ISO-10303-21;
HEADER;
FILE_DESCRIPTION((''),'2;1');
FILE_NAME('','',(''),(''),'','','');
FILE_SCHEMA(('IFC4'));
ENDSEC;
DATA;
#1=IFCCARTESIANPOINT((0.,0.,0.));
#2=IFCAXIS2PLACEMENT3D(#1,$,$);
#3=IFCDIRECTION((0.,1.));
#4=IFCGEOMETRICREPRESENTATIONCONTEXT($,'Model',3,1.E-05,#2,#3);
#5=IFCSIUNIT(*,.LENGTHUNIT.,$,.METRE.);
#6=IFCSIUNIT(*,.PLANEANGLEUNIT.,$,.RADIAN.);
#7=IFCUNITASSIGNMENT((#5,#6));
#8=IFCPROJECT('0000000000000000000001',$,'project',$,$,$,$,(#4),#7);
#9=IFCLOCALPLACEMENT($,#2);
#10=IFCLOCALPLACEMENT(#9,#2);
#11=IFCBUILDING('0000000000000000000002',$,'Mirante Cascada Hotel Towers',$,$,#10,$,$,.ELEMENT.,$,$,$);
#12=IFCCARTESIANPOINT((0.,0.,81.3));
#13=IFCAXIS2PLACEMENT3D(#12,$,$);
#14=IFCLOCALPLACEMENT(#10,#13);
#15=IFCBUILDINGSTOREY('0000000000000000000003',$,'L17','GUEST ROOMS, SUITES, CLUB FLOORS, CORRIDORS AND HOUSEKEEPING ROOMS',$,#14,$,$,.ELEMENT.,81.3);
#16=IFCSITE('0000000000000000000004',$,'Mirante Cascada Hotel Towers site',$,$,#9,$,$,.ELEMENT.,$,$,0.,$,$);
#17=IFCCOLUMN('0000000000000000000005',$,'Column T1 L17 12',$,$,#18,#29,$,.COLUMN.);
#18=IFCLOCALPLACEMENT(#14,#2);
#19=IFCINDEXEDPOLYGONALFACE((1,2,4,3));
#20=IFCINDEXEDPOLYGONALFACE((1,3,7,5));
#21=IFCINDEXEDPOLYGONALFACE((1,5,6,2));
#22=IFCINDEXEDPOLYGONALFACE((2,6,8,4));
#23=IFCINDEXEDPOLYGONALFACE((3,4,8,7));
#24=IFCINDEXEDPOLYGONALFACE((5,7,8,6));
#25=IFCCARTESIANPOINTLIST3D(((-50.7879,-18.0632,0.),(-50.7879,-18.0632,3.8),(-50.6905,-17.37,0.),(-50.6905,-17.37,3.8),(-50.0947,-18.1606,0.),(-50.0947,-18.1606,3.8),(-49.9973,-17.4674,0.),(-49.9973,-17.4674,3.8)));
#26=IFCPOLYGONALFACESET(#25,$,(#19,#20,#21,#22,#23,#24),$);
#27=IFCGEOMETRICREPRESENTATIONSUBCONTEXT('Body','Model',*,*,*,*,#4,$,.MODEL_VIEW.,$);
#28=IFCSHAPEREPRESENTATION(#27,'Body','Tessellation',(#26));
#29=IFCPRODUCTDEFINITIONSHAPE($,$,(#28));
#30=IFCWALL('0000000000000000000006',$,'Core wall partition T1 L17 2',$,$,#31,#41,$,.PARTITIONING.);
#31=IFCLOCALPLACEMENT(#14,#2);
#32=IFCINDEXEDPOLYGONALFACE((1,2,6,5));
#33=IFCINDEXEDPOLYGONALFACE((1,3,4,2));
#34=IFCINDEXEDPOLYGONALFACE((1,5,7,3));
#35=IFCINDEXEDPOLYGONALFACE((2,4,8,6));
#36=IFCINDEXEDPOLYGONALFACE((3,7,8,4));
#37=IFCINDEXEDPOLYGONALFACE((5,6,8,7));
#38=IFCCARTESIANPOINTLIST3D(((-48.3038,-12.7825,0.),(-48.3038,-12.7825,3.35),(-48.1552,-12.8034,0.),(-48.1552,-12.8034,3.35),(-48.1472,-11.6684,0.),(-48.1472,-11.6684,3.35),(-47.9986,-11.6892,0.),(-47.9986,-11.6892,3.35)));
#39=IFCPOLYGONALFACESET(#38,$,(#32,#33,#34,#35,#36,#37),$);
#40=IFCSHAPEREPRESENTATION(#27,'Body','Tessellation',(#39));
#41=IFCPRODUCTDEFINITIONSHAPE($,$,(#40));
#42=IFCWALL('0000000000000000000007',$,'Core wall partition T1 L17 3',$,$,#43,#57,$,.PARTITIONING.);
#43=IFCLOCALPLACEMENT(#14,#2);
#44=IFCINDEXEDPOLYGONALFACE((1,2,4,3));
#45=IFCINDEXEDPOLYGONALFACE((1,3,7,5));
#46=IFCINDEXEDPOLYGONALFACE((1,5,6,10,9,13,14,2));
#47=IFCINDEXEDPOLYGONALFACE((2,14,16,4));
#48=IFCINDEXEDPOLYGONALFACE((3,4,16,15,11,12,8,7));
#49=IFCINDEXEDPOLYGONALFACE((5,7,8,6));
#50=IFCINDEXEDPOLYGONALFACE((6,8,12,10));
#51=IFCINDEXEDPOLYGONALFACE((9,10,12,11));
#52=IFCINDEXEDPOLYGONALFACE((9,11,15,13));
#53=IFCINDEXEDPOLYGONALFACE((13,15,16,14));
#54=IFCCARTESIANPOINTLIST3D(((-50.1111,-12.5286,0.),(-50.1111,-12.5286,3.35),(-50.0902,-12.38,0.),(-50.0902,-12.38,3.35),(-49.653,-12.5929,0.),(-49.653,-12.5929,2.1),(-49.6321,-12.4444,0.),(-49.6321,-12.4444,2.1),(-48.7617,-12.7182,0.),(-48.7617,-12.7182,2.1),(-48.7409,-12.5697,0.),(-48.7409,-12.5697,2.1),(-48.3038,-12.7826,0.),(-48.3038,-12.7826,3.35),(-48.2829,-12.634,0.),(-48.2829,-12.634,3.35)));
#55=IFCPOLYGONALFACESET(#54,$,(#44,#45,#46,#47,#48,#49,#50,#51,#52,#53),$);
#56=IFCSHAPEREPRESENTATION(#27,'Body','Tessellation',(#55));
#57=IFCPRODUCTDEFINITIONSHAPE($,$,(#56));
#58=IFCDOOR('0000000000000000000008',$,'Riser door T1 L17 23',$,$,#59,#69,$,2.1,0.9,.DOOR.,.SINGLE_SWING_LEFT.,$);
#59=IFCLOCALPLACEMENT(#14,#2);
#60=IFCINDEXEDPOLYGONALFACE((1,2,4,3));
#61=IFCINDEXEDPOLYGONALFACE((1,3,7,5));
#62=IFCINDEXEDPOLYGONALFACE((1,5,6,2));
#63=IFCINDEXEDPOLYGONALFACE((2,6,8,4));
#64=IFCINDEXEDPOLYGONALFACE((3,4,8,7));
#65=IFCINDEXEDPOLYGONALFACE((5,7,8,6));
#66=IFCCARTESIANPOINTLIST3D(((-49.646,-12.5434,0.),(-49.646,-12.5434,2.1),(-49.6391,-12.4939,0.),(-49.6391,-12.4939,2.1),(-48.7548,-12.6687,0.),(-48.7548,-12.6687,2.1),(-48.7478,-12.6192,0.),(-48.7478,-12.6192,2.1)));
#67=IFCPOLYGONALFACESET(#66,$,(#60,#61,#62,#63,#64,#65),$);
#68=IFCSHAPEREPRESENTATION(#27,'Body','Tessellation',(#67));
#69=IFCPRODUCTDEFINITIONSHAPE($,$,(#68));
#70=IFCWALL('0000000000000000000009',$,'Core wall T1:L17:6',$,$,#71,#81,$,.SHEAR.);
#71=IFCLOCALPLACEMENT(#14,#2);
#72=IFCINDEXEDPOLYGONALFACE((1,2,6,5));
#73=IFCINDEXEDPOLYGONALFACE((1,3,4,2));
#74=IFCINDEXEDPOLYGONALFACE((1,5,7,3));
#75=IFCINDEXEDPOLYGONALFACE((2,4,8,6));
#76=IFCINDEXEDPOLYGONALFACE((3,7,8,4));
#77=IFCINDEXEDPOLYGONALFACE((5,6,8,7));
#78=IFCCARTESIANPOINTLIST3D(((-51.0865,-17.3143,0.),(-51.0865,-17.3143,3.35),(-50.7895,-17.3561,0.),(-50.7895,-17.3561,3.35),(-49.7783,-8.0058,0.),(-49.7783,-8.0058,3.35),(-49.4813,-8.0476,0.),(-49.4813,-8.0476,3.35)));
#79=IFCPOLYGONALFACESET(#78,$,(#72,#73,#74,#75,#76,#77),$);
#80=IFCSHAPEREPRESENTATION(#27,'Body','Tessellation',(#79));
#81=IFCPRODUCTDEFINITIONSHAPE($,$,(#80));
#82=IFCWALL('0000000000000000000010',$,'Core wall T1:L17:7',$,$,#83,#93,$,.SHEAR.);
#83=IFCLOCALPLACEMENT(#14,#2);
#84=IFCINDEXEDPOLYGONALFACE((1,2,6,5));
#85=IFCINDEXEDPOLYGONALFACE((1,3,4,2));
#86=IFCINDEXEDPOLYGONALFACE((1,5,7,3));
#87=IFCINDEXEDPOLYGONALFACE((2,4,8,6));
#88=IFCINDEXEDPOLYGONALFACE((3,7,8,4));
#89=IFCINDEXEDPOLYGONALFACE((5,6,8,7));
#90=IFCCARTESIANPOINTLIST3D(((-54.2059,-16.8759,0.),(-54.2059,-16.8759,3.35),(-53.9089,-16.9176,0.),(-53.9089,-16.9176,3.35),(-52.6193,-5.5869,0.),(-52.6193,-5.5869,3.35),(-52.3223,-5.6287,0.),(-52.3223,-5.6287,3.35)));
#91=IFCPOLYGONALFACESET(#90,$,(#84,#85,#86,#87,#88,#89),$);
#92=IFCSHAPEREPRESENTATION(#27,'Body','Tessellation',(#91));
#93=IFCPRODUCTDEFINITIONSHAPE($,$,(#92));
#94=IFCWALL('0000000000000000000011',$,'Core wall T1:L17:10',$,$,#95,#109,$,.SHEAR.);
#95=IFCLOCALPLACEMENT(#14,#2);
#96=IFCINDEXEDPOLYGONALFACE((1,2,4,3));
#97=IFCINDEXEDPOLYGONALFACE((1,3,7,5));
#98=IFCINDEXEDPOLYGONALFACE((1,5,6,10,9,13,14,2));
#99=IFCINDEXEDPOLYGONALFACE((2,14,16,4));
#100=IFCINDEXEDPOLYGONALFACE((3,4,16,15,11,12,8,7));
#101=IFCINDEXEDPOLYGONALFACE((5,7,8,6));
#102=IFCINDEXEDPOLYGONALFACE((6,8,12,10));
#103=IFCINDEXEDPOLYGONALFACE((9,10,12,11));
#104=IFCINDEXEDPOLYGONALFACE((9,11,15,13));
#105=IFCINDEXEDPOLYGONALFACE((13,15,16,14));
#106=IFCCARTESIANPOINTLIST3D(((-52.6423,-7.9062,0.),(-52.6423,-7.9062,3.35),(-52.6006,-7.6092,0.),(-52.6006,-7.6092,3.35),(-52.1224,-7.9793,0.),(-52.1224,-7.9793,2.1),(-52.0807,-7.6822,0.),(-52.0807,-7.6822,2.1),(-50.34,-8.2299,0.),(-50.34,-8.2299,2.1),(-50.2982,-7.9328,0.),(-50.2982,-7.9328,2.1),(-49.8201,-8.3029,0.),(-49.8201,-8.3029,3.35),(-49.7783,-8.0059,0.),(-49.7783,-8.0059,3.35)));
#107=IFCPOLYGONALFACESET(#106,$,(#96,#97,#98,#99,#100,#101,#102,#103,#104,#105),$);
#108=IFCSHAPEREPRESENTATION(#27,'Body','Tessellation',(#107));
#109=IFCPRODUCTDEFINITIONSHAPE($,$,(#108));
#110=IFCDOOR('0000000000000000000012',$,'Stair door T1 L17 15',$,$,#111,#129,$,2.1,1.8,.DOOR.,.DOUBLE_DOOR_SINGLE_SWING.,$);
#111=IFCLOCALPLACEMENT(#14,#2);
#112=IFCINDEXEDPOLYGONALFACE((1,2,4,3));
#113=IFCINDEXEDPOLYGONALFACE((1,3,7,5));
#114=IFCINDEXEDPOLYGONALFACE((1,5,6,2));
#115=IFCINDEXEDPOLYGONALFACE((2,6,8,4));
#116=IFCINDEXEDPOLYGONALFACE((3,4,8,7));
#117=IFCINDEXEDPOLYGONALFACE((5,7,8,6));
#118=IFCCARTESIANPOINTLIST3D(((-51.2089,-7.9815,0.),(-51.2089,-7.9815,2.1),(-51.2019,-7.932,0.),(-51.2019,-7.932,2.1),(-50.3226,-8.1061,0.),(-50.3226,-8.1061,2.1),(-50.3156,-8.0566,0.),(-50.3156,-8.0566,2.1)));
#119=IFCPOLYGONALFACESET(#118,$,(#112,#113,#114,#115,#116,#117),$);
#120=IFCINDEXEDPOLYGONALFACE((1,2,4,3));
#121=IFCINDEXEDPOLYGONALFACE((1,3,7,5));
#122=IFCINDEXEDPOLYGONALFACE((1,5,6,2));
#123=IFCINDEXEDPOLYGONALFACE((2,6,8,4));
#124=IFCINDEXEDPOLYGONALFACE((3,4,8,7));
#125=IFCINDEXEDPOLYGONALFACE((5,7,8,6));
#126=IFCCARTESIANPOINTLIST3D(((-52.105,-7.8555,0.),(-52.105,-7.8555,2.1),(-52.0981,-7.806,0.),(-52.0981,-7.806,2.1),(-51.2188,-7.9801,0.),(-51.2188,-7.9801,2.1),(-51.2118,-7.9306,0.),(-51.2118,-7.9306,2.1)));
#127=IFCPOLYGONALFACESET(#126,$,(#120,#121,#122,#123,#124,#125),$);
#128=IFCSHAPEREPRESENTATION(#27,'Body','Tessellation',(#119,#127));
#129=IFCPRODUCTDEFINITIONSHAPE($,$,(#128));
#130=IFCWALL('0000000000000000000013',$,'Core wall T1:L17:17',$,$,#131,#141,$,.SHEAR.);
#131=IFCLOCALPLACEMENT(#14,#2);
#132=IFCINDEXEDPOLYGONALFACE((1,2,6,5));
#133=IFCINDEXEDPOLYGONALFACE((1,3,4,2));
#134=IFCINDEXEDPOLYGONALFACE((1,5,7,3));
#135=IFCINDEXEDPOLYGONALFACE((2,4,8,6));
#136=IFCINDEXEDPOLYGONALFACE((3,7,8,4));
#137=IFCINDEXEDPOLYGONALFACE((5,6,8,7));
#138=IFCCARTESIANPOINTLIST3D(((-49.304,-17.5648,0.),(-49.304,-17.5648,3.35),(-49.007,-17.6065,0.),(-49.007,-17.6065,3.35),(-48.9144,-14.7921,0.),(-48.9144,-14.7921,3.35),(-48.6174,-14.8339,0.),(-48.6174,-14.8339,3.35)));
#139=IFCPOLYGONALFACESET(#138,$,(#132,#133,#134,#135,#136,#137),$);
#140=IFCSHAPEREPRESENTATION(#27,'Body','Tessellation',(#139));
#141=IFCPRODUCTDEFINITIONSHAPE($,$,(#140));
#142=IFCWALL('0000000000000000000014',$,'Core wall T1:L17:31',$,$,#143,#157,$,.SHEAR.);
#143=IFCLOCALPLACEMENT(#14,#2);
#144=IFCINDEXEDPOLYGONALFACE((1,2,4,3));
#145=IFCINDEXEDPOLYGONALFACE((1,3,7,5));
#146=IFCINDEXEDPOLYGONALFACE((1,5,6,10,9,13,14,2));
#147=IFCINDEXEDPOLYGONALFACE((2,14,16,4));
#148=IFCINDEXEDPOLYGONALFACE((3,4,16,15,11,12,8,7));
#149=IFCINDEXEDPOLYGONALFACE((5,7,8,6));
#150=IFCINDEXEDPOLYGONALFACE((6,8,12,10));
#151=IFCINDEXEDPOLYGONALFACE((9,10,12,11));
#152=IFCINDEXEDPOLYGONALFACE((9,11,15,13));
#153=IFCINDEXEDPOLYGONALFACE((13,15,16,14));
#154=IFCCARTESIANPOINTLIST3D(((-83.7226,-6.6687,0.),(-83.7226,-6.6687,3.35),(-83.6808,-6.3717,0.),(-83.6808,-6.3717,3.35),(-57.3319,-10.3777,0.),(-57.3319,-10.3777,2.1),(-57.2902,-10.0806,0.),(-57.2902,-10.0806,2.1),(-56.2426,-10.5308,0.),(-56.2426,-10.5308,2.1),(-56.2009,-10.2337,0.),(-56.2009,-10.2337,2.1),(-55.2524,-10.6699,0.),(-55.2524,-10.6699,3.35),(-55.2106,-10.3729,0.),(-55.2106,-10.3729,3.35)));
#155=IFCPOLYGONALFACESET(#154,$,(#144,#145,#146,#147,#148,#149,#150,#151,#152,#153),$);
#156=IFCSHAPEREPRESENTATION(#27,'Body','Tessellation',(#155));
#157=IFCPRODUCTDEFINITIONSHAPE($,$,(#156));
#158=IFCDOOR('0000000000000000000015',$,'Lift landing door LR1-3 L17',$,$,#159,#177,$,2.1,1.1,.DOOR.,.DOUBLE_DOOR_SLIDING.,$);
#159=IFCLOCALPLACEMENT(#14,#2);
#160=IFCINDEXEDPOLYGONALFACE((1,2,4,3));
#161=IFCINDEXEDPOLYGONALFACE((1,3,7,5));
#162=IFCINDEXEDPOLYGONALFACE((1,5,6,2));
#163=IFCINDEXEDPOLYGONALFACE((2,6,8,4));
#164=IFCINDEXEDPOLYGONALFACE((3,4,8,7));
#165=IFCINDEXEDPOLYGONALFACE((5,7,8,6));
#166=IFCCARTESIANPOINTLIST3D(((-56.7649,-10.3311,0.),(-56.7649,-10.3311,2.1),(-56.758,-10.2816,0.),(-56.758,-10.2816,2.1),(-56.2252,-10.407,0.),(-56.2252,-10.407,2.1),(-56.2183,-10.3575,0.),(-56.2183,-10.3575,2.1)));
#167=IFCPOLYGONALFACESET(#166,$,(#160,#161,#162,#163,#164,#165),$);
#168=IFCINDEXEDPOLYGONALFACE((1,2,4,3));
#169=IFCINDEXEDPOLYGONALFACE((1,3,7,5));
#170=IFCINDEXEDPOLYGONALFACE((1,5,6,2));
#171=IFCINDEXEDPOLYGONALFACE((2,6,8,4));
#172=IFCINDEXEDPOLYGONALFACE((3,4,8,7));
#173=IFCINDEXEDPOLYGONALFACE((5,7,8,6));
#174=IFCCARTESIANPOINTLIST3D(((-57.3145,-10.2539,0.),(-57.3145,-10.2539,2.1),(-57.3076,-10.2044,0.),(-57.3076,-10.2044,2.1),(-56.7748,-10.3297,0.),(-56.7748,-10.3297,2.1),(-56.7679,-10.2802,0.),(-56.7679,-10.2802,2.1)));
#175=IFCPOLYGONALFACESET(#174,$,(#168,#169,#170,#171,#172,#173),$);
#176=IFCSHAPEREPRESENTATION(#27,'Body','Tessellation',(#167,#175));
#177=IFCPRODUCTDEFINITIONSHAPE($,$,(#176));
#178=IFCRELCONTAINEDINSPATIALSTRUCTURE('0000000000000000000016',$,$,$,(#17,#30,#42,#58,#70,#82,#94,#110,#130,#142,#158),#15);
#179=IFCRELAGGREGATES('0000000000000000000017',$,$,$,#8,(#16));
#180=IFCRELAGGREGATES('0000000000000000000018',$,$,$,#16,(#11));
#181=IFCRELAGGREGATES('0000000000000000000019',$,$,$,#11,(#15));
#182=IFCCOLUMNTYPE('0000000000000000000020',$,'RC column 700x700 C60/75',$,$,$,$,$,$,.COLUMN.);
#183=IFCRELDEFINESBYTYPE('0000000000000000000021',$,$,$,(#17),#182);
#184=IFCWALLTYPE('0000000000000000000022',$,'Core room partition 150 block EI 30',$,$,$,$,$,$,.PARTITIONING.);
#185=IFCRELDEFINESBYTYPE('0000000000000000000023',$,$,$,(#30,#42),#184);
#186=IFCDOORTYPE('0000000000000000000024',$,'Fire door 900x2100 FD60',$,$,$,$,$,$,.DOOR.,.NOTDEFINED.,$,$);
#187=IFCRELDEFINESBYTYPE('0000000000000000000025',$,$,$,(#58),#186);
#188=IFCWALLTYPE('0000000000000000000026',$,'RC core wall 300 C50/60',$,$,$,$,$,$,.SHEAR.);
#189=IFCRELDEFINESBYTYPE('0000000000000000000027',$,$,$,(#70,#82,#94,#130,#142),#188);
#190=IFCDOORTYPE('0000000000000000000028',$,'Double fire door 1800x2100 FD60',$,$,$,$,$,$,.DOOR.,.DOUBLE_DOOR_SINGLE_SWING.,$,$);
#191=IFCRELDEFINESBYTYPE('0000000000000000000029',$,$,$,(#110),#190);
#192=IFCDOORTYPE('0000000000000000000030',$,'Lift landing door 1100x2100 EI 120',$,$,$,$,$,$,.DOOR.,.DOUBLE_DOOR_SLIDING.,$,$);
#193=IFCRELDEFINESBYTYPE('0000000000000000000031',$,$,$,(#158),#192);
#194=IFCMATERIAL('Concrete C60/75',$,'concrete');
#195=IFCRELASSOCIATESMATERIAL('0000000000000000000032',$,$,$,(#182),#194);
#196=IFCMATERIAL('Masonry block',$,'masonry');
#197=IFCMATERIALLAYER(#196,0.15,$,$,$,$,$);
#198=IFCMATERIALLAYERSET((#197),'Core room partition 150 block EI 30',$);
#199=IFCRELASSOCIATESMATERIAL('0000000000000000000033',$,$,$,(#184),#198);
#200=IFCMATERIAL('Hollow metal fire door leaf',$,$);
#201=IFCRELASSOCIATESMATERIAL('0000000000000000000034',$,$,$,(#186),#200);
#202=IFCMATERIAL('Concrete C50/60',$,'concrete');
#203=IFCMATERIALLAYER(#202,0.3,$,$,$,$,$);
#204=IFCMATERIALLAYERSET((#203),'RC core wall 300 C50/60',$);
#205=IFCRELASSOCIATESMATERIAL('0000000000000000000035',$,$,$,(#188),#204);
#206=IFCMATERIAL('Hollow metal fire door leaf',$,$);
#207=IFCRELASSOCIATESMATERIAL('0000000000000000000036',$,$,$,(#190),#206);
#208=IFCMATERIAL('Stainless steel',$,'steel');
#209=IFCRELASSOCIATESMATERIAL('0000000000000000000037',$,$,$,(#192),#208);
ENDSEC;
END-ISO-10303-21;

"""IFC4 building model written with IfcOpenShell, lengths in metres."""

from ifc_helpers import new_model, si_unit, direction, frame, frame_2d, origin, origin_2d, place, context, subcontext, project, spatial, rectangle, extrude, material, layer, layer_set, material_profile, profile_set, type_object, element, fill, save


model = new_model("IFC4")

# Units and contexts
model_context = context("Model", 3, precision=1e-05, world=origin(), true_north=direction((0.0, 1.0)))
body_context = subcontext(model_context, "Body", "Model", "MODEL_VIEW")
ifc_project = project(units=[si_unit("LENGTHUNIT", "METRE"), si_unit("PLANEANGLEUNIT", "RADIAN")], contexts=[model_context])

# Site, building, storey
site_placement = place(None, origin())
site = spatial("IfcSite", under=ifc_project, at=site_placement, Name="Mirante Cascada Hotel Towers site", CompositionType="ELEMENT", RefElevation=0.0)
building_placement = place(site_placement, origin())
building = spatial("IfcBuilding", under=site, at=building_placement, Name="Mirante Cascada Hotel Towers", CompositionType="ELEMENT")
storey_placement = place(building_placement, frame((0.0, 0.0, 81.3)))
storey = spatial("IfcBuildingStorey", under=building, at=storey_placement, Name="L17", Description="GUEST ROOMS, SUITES, CLUB FLOORS, CORRIDORS AND HOUSEKEEPING ROOMS", CompositionType="ELEMENT", Elevation=81.3)

# Column
ifc_material_1 = material(Name="Concrete C60/75", Category="concrete")
ifc_material_profile = material_profile(ifc_material_1, rectangle(XDim=0.7, YDim=0.7, at=origin_2d()), Name="RC column 700x700 C60/75")
ifc_profile_set = profile_set([ifc_material_profile], Name="Concrete C60/75")
column_type = type_object("IfcColumnType", Name="RC column 700x700 C60/75", PredefinedType="COLUMN", material=ifc_profile_set)
column_placement = place(storey_placement, frame((-50.3926, -17.7653, 0.0), z_axis=(0.0, 0.0, 1.0), x_axis=(-0.990268, 0.139173, 0.0)))
element("IfcColumn", 1, at=column_placement, inside=storey, type_object=column_type, Name="Column T1 L17 12", PredefinedType="COLUMN", context=body_context, shape_type="SweptSolid", body=[
    extrude(rectangle(XDim=0.7, YDim=0.7, at=origin_2d()), origin(), (0.0, 0.0, 1.0), 3.8),
])

# Wall
ifc_material_2 = material(Name="Masonry block", Category="masonry")
ifc_layer_1 = layer(ifc_material_2, 0.15)
ifc_layer_set_1 = layer_set([ifc_layer_1], Name="Core room partition 150 block EI 30")
wall_type_1 = type_object("IfcWallType", Name="Core room partition 150 block EI 30", PredefinedType="PARTITIONING", material=ifc_layer_set_1)
wall_1_placement = place(storey_placement, frame((-48.2295, -12.793, 0.0), z_axis=(0.0, 0.0, 1.0), x_axis=(0.139193, 0.990265, 0.0)))
element("IfcWall", 2, at=wall_1_placement, inside=storey, type_object=wall_type_1, Name="Core wall partition T1 L17 2", PredefinedType="PARTITIONING", context=body_context, shape_type="SweptSolid", body=[
    extrude(rectangle(XDim=1.1251, YDim=0.15, at=frame_2d((0.5626, 0.0))), origin(), (0.0, 0.0, 1.0), 3.35),
])

# Wall, opening, door
wall_2_placement = place(storey_placement, frame((-48.2933, -12.7083, 0.0), z_axis=(0.0, 0.0, 1.0), x_axis=(-0.990268, 0.139173, 0.0)))
wall_2 = element("IfcWall", 3, at=wall_2_placement, inside=storey, type_object=wall_type_1, Name="Core wall partition T1 L17 3", PredefinedType="PARTITIONING", context=body_context, shape_type="SweptSolid", body=[
    extrude(rectangle(XDim=1.8251, YDim=0.15, at=frame_2d((0.9126, 0.0))), origin(), (0.0, 0.0, 1.0), 3.35),
])
opening_1_placement = place(wall_2_placement, frame((0.4625, 0.0, 0.0)))
opening_1 = element("IfcOpeningElement", 4, at=opening_1_placement, cuts=wall_2, PredefinedType="OPENING", context=body_context, shape_type="SweptSolid", body=[
    extrude(rectangle(XDim=0.9, YDim=2.1, at=frame_2d((0.45, 1.05))), frame((0.0, 0.075, 0.0), z_axis=(0.0, -1.0, 0.0), x_axis=(1.0, 0.0, 0.0)), (0.0, 0.0, 1.0), 0.15),
])
ifc_material_3 = material(Name="Hollow metal fire door leaf")
door_type_1 = type_object("IfcDoorType", Name="Fire door 900x2100 FD60", OperationType="NOTDEFINED", PredefinedType="DOOR", material=ifc_material_3)
door_1_placement = place(opening_1_placement, origin())
door_1 = element("IfcDoor", 5, at=door_1_placement, inside=storey, type_object=door_type_1, Name="Riser door T1 L17 23", OperationType="SINGLE_SWING_LEFT", OverallHeight=2.1, OverallWidth=0.9, PredefinedType="DOOR", context=body_context, shape_type="SweptSolid", body=[
    extrude(rectangle(XDim=0.9, YDim=2.1, at=frame_2d((0.45, 1.05))), frame((0.0, 0.025, 0.0), z_axis=(0.0, -1.0, 0.0), x_axis=(1.0, 0.0, 0.0)), (0.0, 0.0, 1.0), 0.05),
])
fill(opening_1, door_1)

# Walls
ifc_material_4 = material(Name="Concrete C50/60", Category="concrete")
ifc_layer_2 = layer(ifc_material_4, 0.3)
ifc_layer_set_2 = layer_set([ifc_layer_2], Name="RC core wall 300 C50/60")
wall_type_2 = type_object("IfcWallType", Name="RC core wall 300 C50/60", PredefinedType="SHEAR", material=ifc_layer_set_2)
wall_3_placement = place(storey_placement, frame((-50.938, -17.3352, 0.0), z_axis=(0.0, 0.0, 1.0), x_axis=(0.139171, 0.990268, 0.0)))
element("IfcWall", 6, at=wall_3_placement, inside=storey, type_object=wall_type_2, Name="Core wall T1:L17:6", PredefinedType="SHEAR", context=body_context, shape_type="SweptSolid", body=[
    extrude(rectangle(XDim=9.4, YDim=0.3, at=frame_2d((4.7, 0.0))), origin(), (0.0, 0.0, 1.0), 3.35),
])
wall_4_placement = place(storey_placement, frame((-54.0574, -16.8968, 0.0), z_axis=(0.0, 0.0, 1.0), x_axis=(0.139176, 0.990268, 0.0)))
element("IfcWall", 7, at=wall_4_placement, inside=storey, type_object=wall_type_2, Name="Core wall T1:L17:7", PredefinedType="SHEAR", context=body_context, shape_type="SweptSolid", body=[
    extrude(rectangle(XDim=11.3999, YDim=0.3, at=frame_2d((5.7, 0.0))), origin(), (0.0, 0.0, 1.0), 3.35),
])

# Wall, opening, door
wall_5_placement = place(storey_placement, frame((-49.7992, -8.1544, 0.0), z_axis=(0.0, 0.0, 1.0), x_axis=(-0.990266, 0.139191, 0.0)))
wall_5 = element("IfcWall", 8, at=wall_5_placement, inside=storey, type_object=wall_type_2, Name="Core wall T1:L17:10", PredefinedType="SHEAR", context=body_context, shape_type="SweptSolid", body=[
    extrude(rectangle(XDim=2.85, YDim=0.3, at=frame_2d((1.425, 0.0))), origin(), (0.0, 0.0, 1.0), 3.35),
])
opening_2_placement = place(wall_5_placement, frame((0.525, 0.0, 0.0)))
opening_2 = element("IfcOpeningElement", 9, at=opening_2_placement, cuts=wall_5, PredefinedType="OPENING", context=body_context, shape_type="SweptSolid", body=[
    extrude(rectangle(XDim=1.8, YDim=2.1, at=frame_2d((0.9, 1.05))), frame((0.0, 0.15, 0.0), z_axis=(0.0, -1.0, 0.0), x_axis=(1.0, 0.0, 0.0)), (0.0, 0.0, 1.0), 0.3),
])
ifc_material_5 = material(Name="Hollow metal fire door leaf")
door_type_2 = type_object("IfcDoorType", Name="Double fire door 1800x2100 FD60", OperationType="DOUBLE_DOOR_SINGLE_SWING", PredefinedType="DOOR", material=ifc_material_5)
door_2_placement = place(opening_2_placement, origin())
door_2 = element("IfcDoor", 10, at=door_2_placement, inside=storey, type_object=door_type_2, Name="Stair door T1 L17 15", OperationType="DOUBLE_DOOR_SINGLE_SWING", OverallHeight=2.1, OverallWidth=1.8, PredefinedType="DOOR", context=body_context, shape_type="SweptSolid", body=[
    extrude(rectangle(XDim=0.895, YDim=2.1, at=frame_2d((0.4475, 1.05))), frame((0.0, 0.025, 0.0), z_axis=(0.0, -1.0, 0.0), x_axis=(1.0, 0.0, 0.0)), (0.0, 0.0, 1.0), 0.05),
    extrude(rectangle(XDim=0.895, YDim=2.1, at=frame_2d((1.3525, 1.05))), frame((0.0, 0.025, 0.0), z_axis=(0.0, -1.0, 0.0), x_axis=(1.0, 0.0, 0.0)), (0.0, 0.0, 1.0), 0.05),
])
fill(opening_2, door_2)

# Wall
wall_6_placement = place(storey_placement, frame((-49.1555, -17.5857, 0.0), z_axis=(0.0, 0.0, 1.0), x_axis=(0.139146, 0.990272, 0.0)))
element("IfcWall", 11, at=wall_6_placement, inside=storey, type_object=wall_type_2, Name="Core wall T1:L17:17", PredefinedType="SHEAR", context=body_context, shape_type="SweptSolid", body=[
    extrude(rectangle(XDim=2.7999, YDim=0.3, at=frame_2d((1.4, 0.0))), origin(), (0.0, 0.0, 1.0), 3.35),
])

# Shared definitions
ifc_material_6 = material(Name="Stainless steel", Category="steel")
door_type_3 = type_object("IfcDoorType", Name="Lift landing door 1100x2100 EI 120", OperationType="DOUBLE_DOOR_SLIDING", PredefinedType="DOOR", material=ifc_material_6)

# Wall, opening, door
wall_7_placement = place(storey_placement, frame((-55.2315, -10.5214, 0.0), z_axis=(0.0, 0.0, 1.0), x_axis=(-0.990268, 0.139172, 0.0)))
wall_7 = element("IfcWall", 12, at=wall_7_placement, inside=storey, type_object=wall_type_2, Name="Core wall T1:L17:31", PredefinedType="SHEAR", context=body_context, shape_type="SweptSolid", body=[
    extrude(rectangle(XDim=28.75, YDim=0.3, at=frame_2d((14.375, 0.0))), origin(), (0.0, 0.0, 1.0), 3.35),
])
opening_3_placement = place(wall_7_placement, frame((1.0, 0.0, 0.0)))
opening_3 = element("IfcOpeningElement", 13, at=opening_3_placement, cuts=wall_7, PredefinedType="OPENING", context=body_context, shape_type="SweptSolid", body=[
    extrude(rectangle(XDim=1.1, YDim=2.1, at=frame_2d((0.55, 1.05))), frame((0.0, 0.15, 0.0), z_axis=(0.0, -1.0, 0.0), x_axis=(1.0, 0.0, 0.0)), (0.0, 0.0, 1.0), 0.3),
])
door_3_placement = place(opening_3_placement, origin())
door_3 = element("IfcDoor", 14, at=door_3_placement, inside=storey, type_object=door_type_3, Name="Lift landing door LR1-3 L17", OperationType="DOUBLE_DOOR_SLIDING", OverallHeight=2.1, OverallWidth=1.1, PredefinedType="DOOR", context=body_context, shape_type="SweptSolid", body=[
    extrude(rectangle(XDim=0.545, YDim=2.1, at=frame_2d((0.2725, 1.05))), frame((0.0, 0.025, 0.0), z_axis=(0.0, -1.0, 0.0), x_axis=(1.0, 0.0, 0.0)), (0.0, 0.0, 1.0), 0.05),
    extrude(rectangle(XDim=0.545, YDim=2.1, at=frame_2d((0.8275, 1.05))), frame((0.0, 0.025, 0.0), z_axis=(0.0, -1.0, 0.0), x_axis=(1.0, 0.0, 0.0)), (0.0, 0.0, 1.0), 0.05),
])
fill(opening_3, door_3)

save(model, "model.ifc")
